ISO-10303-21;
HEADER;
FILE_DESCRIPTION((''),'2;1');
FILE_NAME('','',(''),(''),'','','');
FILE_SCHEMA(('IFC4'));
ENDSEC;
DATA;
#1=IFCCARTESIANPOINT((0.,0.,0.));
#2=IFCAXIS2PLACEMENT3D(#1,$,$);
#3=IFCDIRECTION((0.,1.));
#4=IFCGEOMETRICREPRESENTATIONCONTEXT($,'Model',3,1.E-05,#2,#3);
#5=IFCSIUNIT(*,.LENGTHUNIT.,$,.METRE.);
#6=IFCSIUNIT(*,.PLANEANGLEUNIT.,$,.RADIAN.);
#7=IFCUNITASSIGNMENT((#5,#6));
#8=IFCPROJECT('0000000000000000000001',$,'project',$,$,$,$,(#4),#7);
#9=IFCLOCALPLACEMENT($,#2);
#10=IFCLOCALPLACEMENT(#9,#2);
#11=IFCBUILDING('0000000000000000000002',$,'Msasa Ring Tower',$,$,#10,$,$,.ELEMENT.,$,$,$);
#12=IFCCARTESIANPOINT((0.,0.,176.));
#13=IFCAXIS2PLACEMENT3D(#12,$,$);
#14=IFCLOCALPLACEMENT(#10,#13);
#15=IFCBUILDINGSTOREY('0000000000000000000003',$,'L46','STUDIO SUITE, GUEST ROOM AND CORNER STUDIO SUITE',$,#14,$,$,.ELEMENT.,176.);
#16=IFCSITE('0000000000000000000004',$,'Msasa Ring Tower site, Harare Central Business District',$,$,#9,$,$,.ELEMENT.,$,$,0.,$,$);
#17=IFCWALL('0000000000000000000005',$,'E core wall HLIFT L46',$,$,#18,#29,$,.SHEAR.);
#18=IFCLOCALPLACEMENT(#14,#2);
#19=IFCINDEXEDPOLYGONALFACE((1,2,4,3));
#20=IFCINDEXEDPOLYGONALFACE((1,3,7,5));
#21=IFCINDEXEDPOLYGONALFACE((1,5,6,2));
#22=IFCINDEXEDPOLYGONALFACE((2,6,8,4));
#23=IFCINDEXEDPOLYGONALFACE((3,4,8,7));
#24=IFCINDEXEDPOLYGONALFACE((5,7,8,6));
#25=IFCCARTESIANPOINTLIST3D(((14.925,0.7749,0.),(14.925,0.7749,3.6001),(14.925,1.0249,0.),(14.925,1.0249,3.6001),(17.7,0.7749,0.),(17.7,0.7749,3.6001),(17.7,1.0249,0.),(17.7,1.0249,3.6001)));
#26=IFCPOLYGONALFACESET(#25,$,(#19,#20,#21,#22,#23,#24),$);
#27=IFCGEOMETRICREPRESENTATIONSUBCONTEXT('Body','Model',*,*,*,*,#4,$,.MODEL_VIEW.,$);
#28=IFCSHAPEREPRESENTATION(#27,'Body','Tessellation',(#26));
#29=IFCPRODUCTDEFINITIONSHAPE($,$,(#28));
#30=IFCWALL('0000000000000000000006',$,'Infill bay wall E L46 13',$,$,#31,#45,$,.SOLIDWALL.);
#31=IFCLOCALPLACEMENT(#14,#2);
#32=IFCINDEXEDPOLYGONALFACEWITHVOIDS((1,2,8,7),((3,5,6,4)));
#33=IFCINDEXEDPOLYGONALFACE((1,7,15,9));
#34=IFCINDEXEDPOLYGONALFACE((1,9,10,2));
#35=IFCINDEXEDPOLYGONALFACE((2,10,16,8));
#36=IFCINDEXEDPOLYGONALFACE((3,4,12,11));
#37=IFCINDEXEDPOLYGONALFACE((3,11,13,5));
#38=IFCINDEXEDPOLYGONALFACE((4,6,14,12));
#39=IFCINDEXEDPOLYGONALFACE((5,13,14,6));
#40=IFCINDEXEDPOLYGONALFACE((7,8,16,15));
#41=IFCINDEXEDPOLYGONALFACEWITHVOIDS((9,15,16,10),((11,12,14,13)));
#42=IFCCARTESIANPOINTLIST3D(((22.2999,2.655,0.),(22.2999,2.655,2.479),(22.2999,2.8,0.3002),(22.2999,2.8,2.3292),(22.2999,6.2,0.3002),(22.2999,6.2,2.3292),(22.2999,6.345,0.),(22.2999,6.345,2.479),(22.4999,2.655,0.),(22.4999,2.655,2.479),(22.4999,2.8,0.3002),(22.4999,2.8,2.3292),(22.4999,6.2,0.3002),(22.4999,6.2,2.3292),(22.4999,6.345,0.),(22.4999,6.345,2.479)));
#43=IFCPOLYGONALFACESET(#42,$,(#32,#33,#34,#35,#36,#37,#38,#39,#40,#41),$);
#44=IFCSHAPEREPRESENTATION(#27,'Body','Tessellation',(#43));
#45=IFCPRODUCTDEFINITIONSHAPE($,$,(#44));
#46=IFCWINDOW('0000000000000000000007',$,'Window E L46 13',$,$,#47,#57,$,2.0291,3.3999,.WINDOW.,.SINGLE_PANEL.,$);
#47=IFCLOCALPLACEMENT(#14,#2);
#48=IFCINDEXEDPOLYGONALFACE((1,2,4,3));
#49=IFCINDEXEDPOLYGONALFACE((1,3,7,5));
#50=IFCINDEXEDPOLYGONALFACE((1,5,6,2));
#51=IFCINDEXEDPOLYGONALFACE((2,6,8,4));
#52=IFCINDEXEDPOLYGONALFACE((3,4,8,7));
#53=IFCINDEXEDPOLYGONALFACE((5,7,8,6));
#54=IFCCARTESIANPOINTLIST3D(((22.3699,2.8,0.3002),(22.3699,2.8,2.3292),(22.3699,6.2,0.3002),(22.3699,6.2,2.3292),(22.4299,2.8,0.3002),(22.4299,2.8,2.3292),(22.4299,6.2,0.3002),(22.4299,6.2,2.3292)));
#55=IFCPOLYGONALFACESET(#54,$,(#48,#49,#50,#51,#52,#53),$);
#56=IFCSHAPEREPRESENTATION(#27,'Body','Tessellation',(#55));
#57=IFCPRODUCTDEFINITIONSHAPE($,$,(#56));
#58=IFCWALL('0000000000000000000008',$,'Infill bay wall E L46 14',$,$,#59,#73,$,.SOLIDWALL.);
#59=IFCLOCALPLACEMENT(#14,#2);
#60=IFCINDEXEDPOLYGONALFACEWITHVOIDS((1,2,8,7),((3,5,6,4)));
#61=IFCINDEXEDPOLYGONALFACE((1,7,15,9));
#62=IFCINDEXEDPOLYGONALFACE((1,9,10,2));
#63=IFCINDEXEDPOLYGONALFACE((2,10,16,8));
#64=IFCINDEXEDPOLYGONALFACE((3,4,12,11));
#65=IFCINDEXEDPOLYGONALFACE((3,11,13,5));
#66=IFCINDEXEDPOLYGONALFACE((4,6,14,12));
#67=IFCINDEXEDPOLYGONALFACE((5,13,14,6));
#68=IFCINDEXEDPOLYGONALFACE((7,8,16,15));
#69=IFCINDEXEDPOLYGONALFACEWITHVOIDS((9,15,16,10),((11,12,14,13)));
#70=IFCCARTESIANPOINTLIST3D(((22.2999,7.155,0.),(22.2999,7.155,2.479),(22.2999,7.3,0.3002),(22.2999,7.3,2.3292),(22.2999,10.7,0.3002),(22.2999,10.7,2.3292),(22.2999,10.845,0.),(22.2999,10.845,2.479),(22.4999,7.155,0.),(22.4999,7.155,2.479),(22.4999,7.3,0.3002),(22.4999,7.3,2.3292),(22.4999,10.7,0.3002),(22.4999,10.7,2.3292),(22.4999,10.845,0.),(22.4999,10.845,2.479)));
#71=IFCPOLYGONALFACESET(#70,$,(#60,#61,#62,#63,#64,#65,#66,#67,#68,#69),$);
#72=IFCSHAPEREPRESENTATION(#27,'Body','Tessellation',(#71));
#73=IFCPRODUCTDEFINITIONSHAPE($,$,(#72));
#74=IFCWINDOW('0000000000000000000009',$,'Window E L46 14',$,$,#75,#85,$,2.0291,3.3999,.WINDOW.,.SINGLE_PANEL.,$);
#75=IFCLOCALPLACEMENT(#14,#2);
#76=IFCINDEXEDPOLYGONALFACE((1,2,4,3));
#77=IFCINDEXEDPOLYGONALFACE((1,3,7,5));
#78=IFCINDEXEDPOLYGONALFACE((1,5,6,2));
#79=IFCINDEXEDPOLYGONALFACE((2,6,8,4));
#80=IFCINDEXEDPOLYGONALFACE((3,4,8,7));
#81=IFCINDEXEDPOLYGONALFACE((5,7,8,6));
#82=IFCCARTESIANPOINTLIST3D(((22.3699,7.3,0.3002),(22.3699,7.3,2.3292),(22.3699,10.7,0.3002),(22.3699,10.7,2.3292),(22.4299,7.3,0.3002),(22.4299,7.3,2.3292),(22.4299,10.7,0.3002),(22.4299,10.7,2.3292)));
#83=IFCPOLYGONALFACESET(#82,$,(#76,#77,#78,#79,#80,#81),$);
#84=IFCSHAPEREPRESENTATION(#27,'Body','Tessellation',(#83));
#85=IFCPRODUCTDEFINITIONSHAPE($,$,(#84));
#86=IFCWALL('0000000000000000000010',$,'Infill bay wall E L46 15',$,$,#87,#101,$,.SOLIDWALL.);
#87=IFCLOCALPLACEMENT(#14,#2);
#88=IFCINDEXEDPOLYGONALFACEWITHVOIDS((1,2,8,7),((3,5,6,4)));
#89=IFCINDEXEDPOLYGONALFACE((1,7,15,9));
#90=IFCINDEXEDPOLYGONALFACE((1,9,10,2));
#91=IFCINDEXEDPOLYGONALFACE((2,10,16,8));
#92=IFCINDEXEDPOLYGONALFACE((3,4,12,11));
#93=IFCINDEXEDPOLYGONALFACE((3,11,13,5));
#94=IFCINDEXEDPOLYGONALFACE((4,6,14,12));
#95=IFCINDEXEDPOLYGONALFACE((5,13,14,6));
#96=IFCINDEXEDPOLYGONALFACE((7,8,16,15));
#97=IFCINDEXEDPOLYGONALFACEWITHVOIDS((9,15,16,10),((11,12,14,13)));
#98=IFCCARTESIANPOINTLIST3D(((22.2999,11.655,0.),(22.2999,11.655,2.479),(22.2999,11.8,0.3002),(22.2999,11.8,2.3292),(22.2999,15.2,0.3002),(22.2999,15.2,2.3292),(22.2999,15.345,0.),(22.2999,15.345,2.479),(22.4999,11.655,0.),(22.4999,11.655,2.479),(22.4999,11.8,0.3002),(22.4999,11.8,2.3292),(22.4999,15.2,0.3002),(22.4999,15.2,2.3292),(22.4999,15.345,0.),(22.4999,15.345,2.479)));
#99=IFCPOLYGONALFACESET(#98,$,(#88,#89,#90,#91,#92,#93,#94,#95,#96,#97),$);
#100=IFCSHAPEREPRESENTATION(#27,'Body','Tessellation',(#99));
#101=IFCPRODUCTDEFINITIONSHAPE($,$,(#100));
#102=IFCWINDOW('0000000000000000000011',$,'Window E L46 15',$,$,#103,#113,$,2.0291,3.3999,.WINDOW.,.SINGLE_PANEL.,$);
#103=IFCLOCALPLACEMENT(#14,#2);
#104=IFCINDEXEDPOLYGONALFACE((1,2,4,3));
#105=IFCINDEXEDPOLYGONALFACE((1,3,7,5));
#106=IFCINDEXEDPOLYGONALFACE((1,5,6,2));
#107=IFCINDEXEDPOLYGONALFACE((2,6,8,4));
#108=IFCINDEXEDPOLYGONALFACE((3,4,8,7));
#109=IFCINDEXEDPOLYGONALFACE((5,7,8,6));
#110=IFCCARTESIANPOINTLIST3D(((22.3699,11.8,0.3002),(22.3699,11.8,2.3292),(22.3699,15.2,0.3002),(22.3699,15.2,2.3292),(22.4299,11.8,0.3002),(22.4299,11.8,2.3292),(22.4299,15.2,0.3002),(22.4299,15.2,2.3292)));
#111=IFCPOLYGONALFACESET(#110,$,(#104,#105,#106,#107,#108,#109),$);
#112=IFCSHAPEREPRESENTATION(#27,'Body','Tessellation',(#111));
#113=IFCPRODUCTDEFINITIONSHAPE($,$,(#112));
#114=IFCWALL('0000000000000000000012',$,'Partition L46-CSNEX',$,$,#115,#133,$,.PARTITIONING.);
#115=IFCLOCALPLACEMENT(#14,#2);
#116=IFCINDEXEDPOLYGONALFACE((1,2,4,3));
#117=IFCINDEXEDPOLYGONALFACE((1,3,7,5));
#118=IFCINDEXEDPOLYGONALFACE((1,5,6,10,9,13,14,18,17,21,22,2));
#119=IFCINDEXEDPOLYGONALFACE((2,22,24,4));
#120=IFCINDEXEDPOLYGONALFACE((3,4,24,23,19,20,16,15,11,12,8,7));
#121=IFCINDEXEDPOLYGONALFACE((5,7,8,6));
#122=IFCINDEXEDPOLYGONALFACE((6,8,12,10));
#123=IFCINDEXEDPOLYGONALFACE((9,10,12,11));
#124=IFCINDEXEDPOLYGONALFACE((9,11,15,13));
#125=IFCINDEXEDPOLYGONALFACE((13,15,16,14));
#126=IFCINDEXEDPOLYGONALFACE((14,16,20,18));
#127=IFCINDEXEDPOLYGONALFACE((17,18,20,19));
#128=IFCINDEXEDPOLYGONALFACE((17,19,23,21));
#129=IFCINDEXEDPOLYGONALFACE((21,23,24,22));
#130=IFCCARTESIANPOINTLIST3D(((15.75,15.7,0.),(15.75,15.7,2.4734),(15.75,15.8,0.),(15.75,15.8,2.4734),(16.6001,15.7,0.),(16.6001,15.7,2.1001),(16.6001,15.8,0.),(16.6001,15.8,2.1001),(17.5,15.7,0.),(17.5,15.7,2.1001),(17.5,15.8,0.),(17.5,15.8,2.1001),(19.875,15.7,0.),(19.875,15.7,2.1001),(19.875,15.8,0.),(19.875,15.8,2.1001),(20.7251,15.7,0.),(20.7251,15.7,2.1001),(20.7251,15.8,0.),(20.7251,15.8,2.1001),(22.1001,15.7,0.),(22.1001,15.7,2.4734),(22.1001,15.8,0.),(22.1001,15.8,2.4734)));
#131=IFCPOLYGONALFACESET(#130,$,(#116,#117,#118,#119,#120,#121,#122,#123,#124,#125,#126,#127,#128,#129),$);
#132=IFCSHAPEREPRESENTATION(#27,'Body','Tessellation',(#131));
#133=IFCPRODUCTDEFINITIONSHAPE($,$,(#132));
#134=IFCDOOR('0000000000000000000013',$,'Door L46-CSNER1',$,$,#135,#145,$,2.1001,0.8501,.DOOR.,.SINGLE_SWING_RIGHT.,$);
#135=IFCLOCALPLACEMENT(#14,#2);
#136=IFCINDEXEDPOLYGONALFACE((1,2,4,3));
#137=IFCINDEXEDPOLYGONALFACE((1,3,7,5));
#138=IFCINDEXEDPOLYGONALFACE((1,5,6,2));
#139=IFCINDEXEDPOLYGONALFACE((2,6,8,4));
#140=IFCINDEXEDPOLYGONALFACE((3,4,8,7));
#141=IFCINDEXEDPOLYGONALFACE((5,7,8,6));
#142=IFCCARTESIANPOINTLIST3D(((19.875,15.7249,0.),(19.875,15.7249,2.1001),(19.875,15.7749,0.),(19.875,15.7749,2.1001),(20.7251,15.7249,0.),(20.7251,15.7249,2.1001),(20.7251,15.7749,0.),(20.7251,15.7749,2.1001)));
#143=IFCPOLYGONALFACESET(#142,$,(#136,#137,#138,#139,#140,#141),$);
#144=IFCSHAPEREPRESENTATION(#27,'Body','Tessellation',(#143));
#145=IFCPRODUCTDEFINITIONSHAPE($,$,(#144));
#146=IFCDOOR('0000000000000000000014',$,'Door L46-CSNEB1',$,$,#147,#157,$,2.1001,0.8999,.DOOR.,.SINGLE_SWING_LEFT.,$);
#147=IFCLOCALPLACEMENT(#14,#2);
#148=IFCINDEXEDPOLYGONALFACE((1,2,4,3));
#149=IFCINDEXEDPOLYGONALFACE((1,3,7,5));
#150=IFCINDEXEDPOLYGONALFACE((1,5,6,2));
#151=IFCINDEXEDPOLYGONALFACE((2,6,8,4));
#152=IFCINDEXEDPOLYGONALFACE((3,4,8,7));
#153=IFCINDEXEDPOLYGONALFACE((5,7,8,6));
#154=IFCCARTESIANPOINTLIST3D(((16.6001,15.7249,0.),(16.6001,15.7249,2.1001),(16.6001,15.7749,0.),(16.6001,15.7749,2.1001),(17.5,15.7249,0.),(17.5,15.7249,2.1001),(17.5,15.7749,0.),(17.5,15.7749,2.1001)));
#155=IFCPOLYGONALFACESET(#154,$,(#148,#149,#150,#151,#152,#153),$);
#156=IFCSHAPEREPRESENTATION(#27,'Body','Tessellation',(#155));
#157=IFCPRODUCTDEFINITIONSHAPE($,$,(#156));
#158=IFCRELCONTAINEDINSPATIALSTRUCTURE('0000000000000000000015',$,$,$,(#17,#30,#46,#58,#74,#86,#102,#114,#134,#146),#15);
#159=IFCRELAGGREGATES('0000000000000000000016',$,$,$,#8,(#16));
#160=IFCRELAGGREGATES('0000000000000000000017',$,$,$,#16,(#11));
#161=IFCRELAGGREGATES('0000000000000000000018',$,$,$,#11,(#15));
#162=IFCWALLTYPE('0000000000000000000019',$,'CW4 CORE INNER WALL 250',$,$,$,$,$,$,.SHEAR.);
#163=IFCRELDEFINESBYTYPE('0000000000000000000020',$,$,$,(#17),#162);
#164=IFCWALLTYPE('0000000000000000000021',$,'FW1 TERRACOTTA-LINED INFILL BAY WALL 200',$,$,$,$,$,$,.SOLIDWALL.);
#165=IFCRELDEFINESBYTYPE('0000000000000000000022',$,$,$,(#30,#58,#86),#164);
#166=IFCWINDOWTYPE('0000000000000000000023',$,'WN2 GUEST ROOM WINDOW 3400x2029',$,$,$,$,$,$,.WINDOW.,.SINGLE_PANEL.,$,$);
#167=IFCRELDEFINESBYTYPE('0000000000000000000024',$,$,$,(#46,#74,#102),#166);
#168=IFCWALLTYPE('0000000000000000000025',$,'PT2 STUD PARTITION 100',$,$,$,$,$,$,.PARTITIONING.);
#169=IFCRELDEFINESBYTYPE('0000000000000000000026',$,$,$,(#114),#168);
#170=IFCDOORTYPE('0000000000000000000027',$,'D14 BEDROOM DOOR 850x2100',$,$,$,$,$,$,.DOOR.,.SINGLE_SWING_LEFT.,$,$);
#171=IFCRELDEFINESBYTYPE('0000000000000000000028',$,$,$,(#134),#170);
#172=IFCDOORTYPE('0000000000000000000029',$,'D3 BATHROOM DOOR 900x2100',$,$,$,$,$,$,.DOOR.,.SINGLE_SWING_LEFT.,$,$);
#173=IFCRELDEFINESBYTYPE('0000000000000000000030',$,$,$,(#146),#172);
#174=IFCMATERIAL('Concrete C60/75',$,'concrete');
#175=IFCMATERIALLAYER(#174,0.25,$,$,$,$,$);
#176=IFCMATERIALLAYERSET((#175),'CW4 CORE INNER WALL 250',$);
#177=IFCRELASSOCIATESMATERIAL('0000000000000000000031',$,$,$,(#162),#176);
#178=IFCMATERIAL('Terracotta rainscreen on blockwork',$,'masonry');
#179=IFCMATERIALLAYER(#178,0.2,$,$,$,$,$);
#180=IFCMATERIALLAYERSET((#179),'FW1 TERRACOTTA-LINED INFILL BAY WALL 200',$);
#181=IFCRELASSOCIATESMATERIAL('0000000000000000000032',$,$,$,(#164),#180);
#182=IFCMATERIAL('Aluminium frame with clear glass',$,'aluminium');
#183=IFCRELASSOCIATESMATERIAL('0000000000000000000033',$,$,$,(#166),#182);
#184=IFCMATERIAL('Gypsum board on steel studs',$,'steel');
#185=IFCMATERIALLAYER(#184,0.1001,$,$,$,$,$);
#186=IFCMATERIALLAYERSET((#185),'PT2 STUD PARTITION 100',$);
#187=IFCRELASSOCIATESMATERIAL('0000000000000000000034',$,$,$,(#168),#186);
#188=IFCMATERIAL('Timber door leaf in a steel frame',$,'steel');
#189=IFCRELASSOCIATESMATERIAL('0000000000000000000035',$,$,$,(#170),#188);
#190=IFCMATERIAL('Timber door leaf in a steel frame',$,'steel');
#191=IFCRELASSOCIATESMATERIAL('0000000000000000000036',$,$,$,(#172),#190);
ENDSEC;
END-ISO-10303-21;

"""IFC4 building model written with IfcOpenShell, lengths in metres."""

from ifc_helpers import new_model, si_unit, direction, frame, frame_2d, origin, place, context, subcontext, project, spatial, rectangle, extrude, material, layer, layer_set, type_object, element, fill, save


model = new_model("IFC4")

# Units and contexts
model_context = context("Model", 3, precision=1e-05, world=origin(), true_north=direction((0.0, 1.0)))
body_context = subcontext(model_context, "Body", "Model", "MODEL_VIEW")
ifc_project = project(units=[si_unit("LENGTHUNIT", "METRE"), si_unit("PLANEANGLEUNIT", "RADIAN")], contexts=[model_context])

# Site, building, storey
site_placement = place(None, origin())
site = spatial("IfcSite", under=ifc_project, at=site_placement, Name="Msasa Ring Tower site, Harare Central Business District", CompositionType="ELEMENT", RefElevation=0.0)
building_placement = place(site_placement, origin())
building = spatial("IfcBuilding", under=site, at=building_placement, Name="Msasa Ring Tower", CompositionType="ELEMENT")
storey_placement = place(building_placement, frame((0.0, 0.0, 176.0)))
storey = spatial("IfcBuildingStorey", under=building, at=storey_placement, Name="L46", Description="STUDIO SUITE, GUEST ROOM AND CORNER STUDIO SUITE", CompositionType="ELEMENT", Elevation=176.0)

# Wall
ifc_material_1 = material(Name="Concrete C60/75", Category="concrete")
ifc_layer_1 = layer(ifc_material_1, 0.25)
ifc_layer_set_1 = layer_set([ifc_layer_1], Name="CW4 CORE INNER WALL 250")
wall_type_1 = type_object("IfcWallType", Name="CW4 CORE INNER WALL 250", PredefinedType="SHEAR", material=ifc_layer_set_1)
wall_1_placement = place(storey_placement, frame((14.925, 0.8999, 0.0), z_axis=(0.0, 0.0, 1.0), x_axis=(1.0, 0.0, 0.0)))
element("IfcWall", 1, at=wall_1_placement, inside=storey, type_object=wall_type_1, Name="E core wall HLIFT L46", PredefinedType="SHEAR", context=body_context, shape_type="SweptSolid", body=[
    extrude(rectangle(XDim=2.7749, YDim=0.25, at=frame_2d((1.3875, 0.0))), origin(), (0.0, 0.0, 1.0), 3.6001),
])

# Walls, openings, windows
ifc_material_2 = material(Name="Terracotta rainscreen on blockwork", Category="masonry")
ifc_layer_2 = layer(ifc_material_2, 0.2)
ifc_layer_set_2 = layer_set([ifc_layer_2], Name="FW1 TERRACOTTA-LINED INFILL BAY WALL 200")
wall_type_2 = type_object("IfcWallType", Name="FW1 TERRACOTTA-LINED INFILL BAY WALL 200", PredefinedType="SOLIDWALL", material=ifc_layer_set_2)
wall_2_placement = place(storey_placement, frame((22.3999, 2.655, 0.0), z_axis=(0.0, 0.0, 1.0), x_axis=(0.0, 1.0, 0.0)))
wall_2 = element("IfcWall", 2, at=wall_2_placement, inside=storey, type_object=wall_type_2, Name="Infill bay wall E L46 13", PredefinedType="SOLIDWALL", context=body_context, shape_type="SweptSolid", body=[
    extrude(rectangle(XDim=3.6899, YDim=0.2, at=frame_2d((1.845, 0.0))), origin(), (0.0, 0.0, 1.0), 2.479),
])
opening_1_placement = place(wall_2_placement, frame((0.145, 0.0, 0.3)))
opening_1 = element("IfcOpeningElement", 3, at=opening_1_placement, cuts=wall_2, PredefinedType="OPENING", context=body_context, shape_type="SweptSolid", body=[
    extrude(rectangle(XDim=3.3999, YDim=2.0291, at=frame_2d((1.7, 1.0146))), frame((0.0, 0.1099, 0.0), z_axis=(0.0, -1.0, 0.0), x_axis=(1.0, 0.0, 0.0)), (0.0, 0.0, 1.0), 0.22),
])
ifc_material_3 = material(Name="Aluminium frame with clear glass", Category="aluminium")
window_type = type_object("IfcWindowType", Name="WN2 GUEST ROOM WINDOW 3400x2029", PartitioningType="SINGLE_PANEL", PredefinedType="WINDOW", material=ifc_material_3)
window_1_placement = place(opening_1_placement, origin())
window_1 = element("IfcWindow", 4, at=window_1_placement, inside=storey, type_object=window_type, Name="Window E L46 13", OverallHeight=2.0291, OverallWidth=3.3999, PartitioningType="SINGLE_PANEL", PredefinedType="WINDOW", context=body_context, shape_type="SweptSolid", body=[
    extrude(rectangle(XDim=3.3999, YDim=2.0291, at=frame_2d((1.7, 1.0146))), frame((0.0, 0.03, 0.0), z_axis=(0.0, -1.0, 0.0), x_axis=(1.0, 0.0, 0.0)), (0.0, 0.0, 1.0), 0.0601),
])
fill(opening_1, window_1)
wall_3_placement = place(storey_placement, frame((22.3999, 7.155, 0.0), z_axis=(0.0, 0.0, 1.0), x_axis=(0.0, 1.0, 0.0)))
wall_3 = element("IfcWall", 5, at=wall_3_placement, inside=storey, type_object=wall_type_2, Name="Infill bay wall E L46 14", PredefinedType="SOLIDWALL", context=body_context, shape_type="SweptSolid", body=[
    extrude(rectangle(XDim=3.6899, YDim=0.2, at=frame_2d((1.845, 0.0))), origin(), (0.0, 0.0, 1.0), 2.479),
])
opening_2_placement = place(wall_3_placement, frame((0.145, 0.0, 0.3)))
opening_2 = element("IfcOpeningElement", 6, at=opening_2_placement, cuts=wall_3, PredefinedType="OPENING", context=body_context, shape_type="SweptSolid", body=[
    extrude(rectangle(XDim=3.3999, YDim=2.0291, at=frame_2d((1.7, 1.0146))), frame((0.0, 0.1099, 0.0), z_axis=(0.0, -1.0, 0.0), x_axis=(1.0, 0.0, 0.0)), (0.0, 0.0, 1.0), 0.22),
])
window_2_placement = place(opening_2_placement, origin())
window_2 = element("IfcWindow", 7, at=window_2_placement, inside=storey, type_object=window_type, Name="Window E L46 14", OverallHeight=2.0291, OverallWidth=3.3999, PartitioningType="SINGLE_PANEL", PredefinedType="WINDOW", context=body_context, shape_type="SweptSolid", body=[
    extrude(rectangle(XDim=3.3999, YDim=2.0291, at=frame_2d((1.7, 1.0146))), frame((0.0, 0.03, 0.0), z_axis=(0.0, -1.0, 0.0), x_axis=(1.0, 0.0, 0.0)), (0.0, 0.0, 1.0), 0.0601),
])
fill(opening_2, window_2)
wall_4_placement = place(storey_placement, frame((22.3999, 11.655, 0.0), z_axis=(0.0, 0.0, 1.0), x_axis=(0.0, 1.0, 0.0)))
wall_4 = element("IfcWall", 8, at=wall_4_placement, inside=storey, type_object=wall_type_2, Name="Infill bay wall E L46 15", PredefinedType="SOLIDWALL", context=body_context, shape_type="SweptSolid", body=[
    extrude(rectangle(XDim=3.6899, YDim=0.2, at=frame_2d((1.845, 0.0))), origin(), (0.0, 0.0, 1.0), 2.479),
])
opening_3_placement = place(wall_4_placement, frame((0.145, 0.0, 0.3)))
opening_3 = element("IfcOpeningElement", 9, at=opening_3_placement, cuts=wall_4, PredefinedType="OPENING", context=body_context, shape_type="SweptSolid", body=[
    extrude(rectangle(XDim=3.3999, YDim=2.0291, at=frame_2d((1.7, 1.0146))), frame((0.0, 0.1099, 0.0), z_axis=(0.0, -1.0, 0.0), x_axis=(1.0, 0.0, 0.0)), (0.0, 0.0, 1.0), 0.22),
])
window_3_placement = place(opening_3_placement, origin())
window_3 = element("IfcWindow", 10, at=window_3_placement, inside=storey, type_object=window_type, Name="Window E L46 15", OverallHeight=2.0291, OverallWidth=3.3999, PartitioningType="SINGLE_PANEL", PredefinedType="WINDOW", context=body_context, shape_type="SweptSolid", body=[
    extrude(rectangle(XDim=3.3999, YDim=2.0291, at=frame_2d((1.7, 1.0146))), frame((0.0, 0.03, 0.0), z_axis=(0.0, -1.0, 0.0), x_axis=(1.0, 0.0, 0.0)), (0.0, 0.0, 1.0), 0.0601),
])
fill(opening_3, window_3)

# Wall, openings, doors
ifc_material_4 = material(Name="Gypsum board on steel studs", Category="steel")
ifc_layer_3 = layer(ifc_material_4, 0.1001)
ifc_layer_set_3 = layer_set([ifc_layer_3], Name="PT2 STUD PARTITION 100")
wall_type_3 = type_object("IfcWallType", Name="PT2 STUD PARTITION 100", PredefinedType="PARTITIONING", material=ifc_layer_set_3)
wall_5_placement = place(storey_placement, frame((15.75, 15.75, 0.0), z_axis=(0.0, 0.0, 1.0), x_axis=(1.0, 0.0, 0.0)))
wall_5 = element("IfcWall", 11, at=wall_5_placement, inside=storey, type_object=wall_type_3, Name="Partition L46-CSNEX", PredefinedType="PARTITIONING", context=body_context, shape_type="SweptSolid", body=[
    extrude(rectangle(XDim=6.3501, YDim=0.1001, at=frame_2d((3.175, 0.0))), origin(), (0.0, 0.0, 1.0), 2.4734),
])
opening_4_placement = place(wall_5_placement, frame((4.125, 0.0, 0.0)))
opening_4 = element("IfcOpeningElement", 12, at=opening_4_placement, cuts=wall_5, PredefinedType="OPENING", context=body_context, shape_type="SweptSolid", body=[
    extrude(rectangle(XDim=0.8501, YDim=2.1001, at=frame_2d((0.425, 1.05))), frame((0.0, 0.0601, 0.0), z_axis=(0.0, -1.0, 0.0), x_axis=(1.0, 0.0, 0.0)), (0.0, 0.0, 1.0), 0.1201),
])
opening_5_placement = place(wall_5_placement, frame((0.8501, 0.0, 0.0)))
opening_5 = element("IfcOpeningElement", 13, at=opening_5_placement, cuts=wall_5, PredefinedType="OPENING", context=body_context, shape_type="SweptSolid", body=[
    extrude(rectangle(XDim=0.8999, YDim=2.1001, at=frame_2d((0.45, 1.05))), frame((0.0, 0.0601, 0.0), z_axis=(0.0, -1.0, 0.0), x_axis=(1.0, 0.0, 0.0)), (0.0, 0.0, 1.0), 0.1201),
])
ifc_material_5 = material(Name="Timber door leaf in a steel frame", Category="steel")
door_type_1 = type_object("IfcDoorType", Name="D14 BEDROOM DOOR 850x2100", OperationType="SINGLE_SWING_LEFT", PredefinedType="DOOR", material=ifc_material_5)
door_1_placement = place(opening_4_placement, origin())
door_1 = element("IfcDoor", 14, at=door_1_placement, inside=storey, type_object=door_type_1, Name="Door L46-CSNER1", OperationType="SINGLE_SWING_RIGHT", OverallHeight=2.1001, OverallWidth=0.8501, PredefinedType="DOOR", context=body_context, shape_type="SweptSolid", body=[
    extrude(rectangle(XDim=0.8501, YDim=2.1001, at=frame_2d((0.425, 1.05))), frame((0.0, 0.0249, 0.0), z_axis=(0.0, -1.0, 0.0), x_axis=(1.0, 0.0, 0.0)), (0.0, 0.0, 1.0), 0.05),
])
fill(opening_4, door_1)
ifc_material_6 = material(Name="Timber door leaf in a steel frame", Category="steel")
door_type_2 = type_object("IfcDoorType", Name="D3 BATHROOM DOOR 900x2100", OperationType="SINGLE_SWING_LEFT", PredefinedType="DOOR", material=ifc_material_6)
door_2_placement = place(opening_5_placement, origin())
door_2 = element("IfcDoor", 15, at=door_2_placement, inside=storey, type_object=door_type_2, Name="Door L46-CSNEB1", OperationType="SINGLE_SWING_LEFT", OverallHeight=2.1001, OverallWidth=0.8999, PredefinedType="DOOR", context=body_context, shape_type="SweptSolid", body=[
    extrude(rectangle(XDim=0.8999, YDim=2.1001, at=frame_2d((0.45, 1.05))), frame((0.0, 0.0249, 0.0), z_axis=(0.0, -1.0, 0.0), x_axis=(1.0, 0.0, 0.0)), (0.0, 0.0, 1.0), 0.05),
])
fill(opening_5, door_2)

save(model, "model.ifc")
